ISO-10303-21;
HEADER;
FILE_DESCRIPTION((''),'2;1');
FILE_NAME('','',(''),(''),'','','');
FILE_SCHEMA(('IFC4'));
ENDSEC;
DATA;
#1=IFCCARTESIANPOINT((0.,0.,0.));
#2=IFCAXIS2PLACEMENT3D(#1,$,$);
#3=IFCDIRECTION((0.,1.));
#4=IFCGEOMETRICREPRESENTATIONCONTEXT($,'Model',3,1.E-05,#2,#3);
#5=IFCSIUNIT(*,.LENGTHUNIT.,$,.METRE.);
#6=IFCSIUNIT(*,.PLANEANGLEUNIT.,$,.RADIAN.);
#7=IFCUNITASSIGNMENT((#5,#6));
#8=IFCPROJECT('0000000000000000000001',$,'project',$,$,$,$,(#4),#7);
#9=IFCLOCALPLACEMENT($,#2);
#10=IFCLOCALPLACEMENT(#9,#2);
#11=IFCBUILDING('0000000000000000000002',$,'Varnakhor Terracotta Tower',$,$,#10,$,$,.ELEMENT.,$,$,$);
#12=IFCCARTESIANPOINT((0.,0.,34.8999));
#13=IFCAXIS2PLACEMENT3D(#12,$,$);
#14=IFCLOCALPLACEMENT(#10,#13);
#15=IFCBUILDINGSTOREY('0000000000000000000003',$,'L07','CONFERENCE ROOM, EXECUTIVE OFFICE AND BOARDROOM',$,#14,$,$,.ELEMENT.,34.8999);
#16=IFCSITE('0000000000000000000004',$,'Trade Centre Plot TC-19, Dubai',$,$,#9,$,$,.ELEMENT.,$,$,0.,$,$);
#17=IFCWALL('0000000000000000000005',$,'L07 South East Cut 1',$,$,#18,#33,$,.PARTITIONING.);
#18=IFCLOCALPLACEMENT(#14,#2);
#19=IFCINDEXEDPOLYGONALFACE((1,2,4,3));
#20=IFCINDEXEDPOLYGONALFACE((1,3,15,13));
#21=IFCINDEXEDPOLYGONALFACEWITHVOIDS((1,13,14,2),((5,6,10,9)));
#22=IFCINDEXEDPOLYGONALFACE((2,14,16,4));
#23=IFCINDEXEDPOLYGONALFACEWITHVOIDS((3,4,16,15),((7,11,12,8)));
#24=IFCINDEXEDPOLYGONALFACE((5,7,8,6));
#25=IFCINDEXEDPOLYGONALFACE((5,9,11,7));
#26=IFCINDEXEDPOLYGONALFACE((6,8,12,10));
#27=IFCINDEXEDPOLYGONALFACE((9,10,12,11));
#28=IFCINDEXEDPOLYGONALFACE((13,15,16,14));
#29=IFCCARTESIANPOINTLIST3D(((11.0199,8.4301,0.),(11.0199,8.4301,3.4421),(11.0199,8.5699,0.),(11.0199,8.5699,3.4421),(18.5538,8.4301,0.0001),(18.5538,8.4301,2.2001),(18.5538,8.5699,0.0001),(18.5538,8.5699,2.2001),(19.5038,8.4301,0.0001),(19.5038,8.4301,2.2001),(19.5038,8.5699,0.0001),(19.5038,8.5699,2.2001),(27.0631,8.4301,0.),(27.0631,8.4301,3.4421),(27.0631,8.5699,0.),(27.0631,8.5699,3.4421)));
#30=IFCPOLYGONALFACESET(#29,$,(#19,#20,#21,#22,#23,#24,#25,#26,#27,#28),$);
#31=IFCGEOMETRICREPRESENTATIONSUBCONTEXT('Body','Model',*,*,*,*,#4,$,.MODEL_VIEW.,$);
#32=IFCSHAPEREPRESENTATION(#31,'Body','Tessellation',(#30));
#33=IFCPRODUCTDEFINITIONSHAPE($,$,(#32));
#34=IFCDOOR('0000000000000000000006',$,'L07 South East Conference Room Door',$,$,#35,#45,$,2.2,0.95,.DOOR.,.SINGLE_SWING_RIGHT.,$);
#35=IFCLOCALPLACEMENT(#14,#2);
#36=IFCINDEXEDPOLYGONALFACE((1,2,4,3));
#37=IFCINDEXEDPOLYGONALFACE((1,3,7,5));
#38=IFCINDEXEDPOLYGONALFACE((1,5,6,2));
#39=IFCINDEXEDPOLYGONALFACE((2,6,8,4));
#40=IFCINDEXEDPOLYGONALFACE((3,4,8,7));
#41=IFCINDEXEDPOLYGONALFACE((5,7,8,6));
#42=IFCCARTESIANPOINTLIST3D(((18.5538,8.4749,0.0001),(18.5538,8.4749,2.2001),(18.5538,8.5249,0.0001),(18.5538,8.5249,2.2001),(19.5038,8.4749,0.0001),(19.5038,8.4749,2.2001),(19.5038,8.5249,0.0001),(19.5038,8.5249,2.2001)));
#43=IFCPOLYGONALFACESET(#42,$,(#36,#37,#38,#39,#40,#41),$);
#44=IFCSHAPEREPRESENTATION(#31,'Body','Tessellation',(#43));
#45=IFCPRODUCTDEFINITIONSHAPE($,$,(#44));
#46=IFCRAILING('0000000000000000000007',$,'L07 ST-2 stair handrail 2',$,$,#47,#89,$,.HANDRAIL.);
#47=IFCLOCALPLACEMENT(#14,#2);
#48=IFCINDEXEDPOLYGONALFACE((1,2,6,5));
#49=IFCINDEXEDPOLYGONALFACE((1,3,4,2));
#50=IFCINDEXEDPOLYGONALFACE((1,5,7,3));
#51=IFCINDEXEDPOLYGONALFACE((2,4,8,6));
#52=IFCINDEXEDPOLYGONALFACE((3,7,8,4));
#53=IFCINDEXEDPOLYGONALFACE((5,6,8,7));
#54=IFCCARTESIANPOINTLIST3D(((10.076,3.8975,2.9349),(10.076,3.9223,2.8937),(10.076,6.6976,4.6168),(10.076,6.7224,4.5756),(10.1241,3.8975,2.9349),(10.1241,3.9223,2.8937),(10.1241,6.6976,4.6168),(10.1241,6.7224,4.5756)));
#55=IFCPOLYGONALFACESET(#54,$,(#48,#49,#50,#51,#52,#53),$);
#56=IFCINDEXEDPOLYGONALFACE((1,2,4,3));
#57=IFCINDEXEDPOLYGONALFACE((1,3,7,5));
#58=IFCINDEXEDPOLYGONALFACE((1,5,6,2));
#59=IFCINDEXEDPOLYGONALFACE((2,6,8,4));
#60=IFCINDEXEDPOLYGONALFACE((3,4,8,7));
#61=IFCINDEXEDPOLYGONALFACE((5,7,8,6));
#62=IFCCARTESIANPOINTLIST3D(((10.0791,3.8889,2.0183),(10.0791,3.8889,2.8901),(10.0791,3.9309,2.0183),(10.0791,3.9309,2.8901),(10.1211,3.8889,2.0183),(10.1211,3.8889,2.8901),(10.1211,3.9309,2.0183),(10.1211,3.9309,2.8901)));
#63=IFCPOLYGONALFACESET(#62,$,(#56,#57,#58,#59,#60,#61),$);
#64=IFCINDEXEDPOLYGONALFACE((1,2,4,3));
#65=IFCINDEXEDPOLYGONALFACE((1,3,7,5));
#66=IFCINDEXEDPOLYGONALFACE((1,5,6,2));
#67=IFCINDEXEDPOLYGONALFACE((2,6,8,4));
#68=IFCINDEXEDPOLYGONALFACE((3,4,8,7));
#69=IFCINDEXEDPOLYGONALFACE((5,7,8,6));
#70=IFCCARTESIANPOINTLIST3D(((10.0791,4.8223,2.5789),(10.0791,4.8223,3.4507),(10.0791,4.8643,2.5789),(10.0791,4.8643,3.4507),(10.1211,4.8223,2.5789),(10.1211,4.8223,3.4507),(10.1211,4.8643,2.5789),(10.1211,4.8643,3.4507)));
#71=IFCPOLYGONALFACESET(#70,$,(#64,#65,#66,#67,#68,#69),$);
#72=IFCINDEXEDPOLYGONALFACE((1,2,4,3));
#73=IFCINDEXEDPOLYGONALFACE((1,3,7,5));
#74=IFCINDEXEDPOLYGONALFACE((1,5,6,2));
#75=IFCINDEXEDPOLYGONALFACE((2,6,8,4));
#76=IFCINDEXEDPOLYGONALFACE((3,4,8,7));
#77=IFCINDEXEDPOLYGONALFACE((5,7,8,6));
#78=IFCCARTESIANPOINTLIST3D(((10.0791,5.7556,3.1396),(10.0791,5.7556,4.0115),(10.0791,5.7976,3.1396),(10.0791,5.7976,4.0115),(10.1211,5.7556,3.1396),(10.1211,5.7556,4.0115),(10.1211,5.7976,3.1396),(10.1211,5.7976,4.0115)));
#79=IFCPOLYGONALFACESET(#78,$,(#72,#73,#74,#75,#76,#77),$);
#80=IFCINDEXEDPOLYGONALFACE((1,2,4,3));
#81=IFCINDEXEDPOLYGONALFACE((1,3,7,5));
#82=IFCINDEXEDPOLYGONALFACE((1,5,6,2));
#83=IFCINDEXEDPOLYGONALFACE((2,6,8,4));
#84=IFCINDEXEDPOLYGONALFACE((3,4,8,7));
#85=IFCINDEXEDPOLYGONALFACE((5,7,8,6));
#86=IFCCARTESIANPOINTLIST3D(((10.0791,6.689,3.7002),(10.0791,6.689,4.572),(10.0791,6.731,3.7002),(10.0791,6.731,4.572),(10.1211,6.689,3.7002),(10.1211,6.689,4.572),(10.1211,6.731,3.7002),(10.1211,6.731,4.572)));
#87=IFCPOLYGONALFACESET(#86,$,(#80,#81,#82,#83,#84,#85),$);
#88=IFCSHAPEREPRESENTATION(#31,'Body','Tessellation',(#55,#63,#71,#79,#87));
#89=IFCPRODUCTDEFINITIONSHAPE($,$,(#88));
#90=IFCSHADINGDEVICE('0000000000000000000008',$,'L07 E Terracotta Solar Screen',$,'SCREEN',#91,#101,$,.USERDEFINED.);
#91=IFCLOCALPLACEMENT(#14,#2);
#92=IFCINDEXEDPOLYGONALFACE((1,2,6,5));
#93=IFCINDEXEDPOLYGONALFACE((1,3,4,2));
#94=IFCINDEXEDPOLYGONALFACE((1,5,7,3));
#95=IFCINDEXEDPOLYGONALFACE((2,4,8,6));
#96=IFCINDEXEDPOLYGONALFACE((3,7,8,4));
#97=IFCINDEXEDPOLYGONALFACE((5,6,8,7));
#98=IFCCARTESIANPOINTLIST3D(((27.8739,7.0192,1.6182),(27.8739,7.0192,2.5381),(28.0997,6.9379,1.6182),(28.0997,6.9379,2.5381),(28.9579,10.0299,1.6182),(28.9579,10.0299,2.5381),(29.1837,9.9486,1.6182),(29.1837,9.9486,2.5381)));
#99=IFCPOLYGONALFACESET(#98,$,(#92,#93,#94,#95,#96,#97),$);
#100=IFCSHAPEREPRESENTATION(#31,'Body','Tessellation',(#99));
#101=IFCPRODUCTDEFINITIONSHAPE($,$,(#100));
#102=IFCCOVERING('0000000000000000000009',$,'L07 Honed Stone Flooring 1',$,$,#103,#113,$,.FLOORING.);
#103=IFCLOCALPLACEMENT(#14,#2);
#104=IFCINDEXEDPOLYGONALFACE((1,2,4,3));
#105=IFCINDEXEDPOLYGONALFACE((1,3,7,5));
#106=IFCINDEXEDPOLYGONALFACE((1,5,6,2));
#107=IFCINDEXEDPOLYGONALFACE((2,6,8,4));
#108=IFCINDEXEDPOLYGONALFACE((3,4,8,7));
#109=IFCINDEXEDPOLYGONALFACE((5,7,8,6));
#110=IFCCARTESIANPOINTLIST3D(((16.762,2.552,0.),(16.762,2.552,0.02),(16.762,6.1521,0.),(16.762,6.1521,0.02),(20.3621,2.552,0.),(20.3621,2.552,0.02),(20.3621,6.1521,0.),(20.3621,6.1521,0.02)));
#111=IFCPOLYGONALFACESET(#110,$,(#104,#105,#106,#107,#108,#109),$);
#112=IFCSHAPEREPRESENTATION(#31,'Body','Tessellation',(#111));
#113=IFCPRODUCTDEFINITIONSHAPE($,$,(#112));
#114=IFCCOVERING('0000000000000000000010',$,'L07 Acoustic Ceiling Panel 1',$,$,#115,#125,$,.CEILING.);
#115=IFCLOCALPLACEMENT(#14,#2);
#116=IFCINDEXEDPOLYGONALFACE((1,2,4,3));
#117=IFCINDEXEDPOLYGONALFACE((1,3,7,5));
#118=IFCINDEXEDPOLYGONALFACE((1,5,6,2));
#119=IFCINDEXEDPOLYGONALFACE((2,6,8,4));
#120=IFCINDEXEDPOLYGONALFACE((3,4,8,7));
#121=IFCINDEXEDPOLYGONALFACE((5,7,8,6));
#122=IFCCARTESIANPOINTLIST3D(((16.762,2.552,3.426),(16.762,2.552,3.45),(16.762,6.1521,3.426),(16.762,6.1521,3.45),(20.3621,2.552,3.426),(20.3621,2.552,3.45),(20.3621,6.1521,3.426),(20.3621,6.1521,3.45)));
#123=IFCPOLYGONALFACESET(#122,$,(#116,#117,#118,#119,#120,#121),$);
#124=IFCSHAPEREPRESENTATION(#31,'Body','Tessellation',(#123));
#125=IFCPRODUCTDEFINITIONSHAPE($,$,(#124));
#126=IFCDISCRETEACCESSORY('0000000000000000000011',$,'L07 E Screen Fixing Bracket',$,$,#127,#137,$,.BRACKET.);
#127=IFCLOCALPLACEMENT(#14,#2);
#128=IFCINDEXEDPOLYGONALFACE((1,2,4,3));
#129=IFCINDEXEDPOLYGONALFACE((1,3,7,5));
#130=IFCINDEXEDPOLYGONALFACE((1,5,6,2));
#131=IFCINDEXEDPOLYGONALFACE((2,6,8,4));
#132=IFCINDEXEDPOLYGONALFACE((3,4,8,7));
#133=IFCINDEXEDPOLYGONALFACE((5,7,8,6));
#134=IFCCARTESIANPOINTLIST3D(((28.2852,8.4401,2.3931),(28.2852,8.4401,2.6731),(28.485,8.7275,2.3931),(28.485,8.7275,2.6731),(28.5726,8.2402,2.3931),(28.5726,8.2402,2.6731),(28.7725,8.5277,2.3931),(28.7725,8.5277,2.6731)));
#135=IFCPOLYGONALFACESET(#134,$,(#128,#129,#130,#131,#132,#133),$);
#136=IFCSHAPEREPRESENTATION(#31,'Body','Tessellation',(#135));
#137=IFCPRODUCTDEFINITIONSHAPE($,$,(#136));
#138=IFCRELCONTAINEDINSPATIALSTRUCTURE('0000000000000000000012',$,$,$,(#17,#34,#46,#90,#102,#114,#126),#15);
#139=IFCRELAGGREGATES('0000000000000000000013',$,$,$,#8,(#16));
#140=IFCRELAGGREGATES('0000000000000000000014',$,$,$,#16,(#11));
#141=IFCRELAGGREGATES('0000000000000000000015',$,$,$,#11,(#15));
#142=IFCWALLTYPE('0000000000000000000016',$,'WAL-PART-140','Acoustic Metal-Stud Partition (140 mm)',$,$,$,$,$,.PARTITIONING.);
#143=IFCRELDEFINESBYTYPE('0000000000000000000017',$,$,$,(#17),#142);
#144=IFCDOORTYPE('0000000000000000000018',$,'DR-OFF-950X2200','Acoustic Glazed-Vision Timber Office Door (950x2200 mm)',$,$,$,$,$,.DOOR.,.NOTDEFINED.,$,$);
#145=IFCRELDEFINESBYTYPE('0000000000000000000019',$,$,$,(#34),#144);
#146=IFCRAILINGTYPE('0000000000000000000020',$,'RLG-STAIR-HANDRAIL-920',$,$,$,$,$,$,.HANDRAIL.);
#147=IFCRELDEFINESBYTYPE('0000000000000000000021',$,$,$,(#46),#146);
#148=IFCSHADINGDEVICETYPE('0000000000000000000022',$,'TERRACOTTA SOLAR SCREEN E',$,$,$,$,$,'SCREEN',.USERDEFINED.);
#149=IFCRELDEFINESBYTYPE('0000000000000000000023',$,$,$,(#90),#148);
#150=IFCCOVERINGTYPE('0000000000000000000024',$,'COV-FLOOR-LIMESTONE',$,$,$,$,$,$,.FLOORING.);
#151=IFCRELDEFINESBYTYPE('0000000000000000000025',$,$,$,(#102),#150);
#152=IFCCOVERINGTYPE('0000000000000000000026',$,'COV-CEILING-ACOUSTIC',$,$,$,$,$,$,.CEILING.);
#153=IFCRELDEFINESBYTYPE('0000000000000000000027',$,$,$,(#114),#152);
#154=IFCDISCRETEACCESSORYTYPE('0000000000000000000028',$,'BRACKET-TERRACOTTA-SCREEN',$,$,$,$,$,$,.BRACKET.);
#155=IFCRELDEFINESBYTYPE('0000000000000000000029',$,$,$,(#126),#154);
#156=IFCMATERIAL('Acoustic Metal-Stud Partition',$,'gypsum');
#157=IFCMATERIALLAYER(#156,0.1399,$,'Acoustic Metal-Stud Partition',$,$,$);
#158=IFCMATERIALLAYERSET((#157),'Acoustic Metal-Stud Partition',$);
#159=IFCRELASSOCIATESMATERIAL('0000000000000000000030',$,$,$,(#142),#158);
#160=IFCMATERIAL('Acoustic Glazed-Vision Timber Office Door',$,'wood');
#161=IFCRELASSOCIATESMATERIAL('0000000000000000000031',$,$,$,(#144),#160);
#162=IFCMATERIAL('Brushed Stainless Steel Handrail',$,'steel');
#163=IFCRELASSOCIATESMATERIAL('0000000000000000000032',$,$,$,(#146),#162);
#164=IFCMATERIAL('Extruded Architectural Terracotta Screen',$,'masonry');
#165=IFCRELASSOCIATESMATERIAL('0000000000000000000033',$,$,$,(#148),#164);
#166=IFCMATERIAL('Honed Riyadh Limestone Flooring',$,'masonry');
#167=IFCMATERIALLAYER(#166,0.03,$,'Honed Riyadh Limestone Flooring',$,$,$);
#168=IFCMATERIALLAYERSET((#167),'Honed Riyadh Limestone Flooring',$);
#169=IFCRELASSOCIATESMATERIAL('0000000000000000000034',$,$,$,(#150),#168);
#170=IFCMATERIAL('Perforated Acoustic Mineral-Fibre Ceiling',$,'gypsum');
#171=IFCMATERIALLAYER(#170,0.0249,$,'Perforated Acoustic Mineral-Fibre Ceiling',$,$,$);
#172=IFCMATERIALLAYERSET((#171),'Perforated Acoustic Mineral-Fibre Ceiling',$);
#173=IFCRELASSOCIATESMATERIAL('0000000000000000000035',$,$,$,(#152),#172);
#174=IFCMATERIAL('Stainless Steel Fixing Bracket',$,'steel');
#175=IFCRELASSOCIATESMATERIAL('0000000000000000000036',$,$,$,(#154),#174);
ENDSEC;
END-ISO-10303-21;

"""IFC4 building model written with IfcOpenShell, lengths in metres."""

from ifc_helpers import new_model, si_unit, direction, frame, frame_2d, origin, origin_2d, place, context, subcontext, project, spatial, rectangle, extrude, source, transform, mapped, material, layer, layer_set, type_object, type_shapes, element, fill, save


model = new_model("IFC4")

# Units and contexts
model_context = context("Model", 3, precision=1e-05, world=origin(), true_north=direction((0.0, 1.0)))
body_context = subcontext(model_context, "Body", "Model", "MODEL_VIEW")
ifc_project = project(units=[si_unit("LENGTHUNIT", "METRE"), si_unit("PLANEANGLEUNIT", "RADIAN")], contexts=[model_context])

# Site, building, storey
site_placement = place(None, origin())
site = spatial("IfcSite", under=ifc_project, at=site_placement, Name="Trade Centre Plot TC-19, Dubai", CompositionType="ELEMENT", RefElevation=0.0)
building_placement = place(site_placement, origin())
building = spatial("IfcBuilding", under=site, at=building_placement, Name="Varnakhor Terracotta Tower", CompositionType="ELEMENT")
storey_placement = place(building_placement, frame((0.0, 0.0, 34.8999)))
storey = spatial("IfcBuildingStorey", under=building, at=storey_placement, Name="L07", Description="CONFERENCE ROOM, EXECUTIVE OFFICE AND BOARDROOM", CompositionType="ELEMENT", Elevation=34.8999)

# Wall, opening, door
ifc_material_1 = material(Name="Acoustic Metal-Stud Partition", Category="gypsum")
ifc_layer_1 = layer(ifc_material_1, 0.1399, Name="Acoustic Metal-Stud Partition")
ifc_layer_set_1 = layer_set([ifc_layer_1], Name="Acoustic Metal-Stud Partition")
wall_type_1 = type_object("IfcWallType", Name="WAL-PART-140", Description="Acoustic Metal-Stud Partition (140 mm)", PredefinedType="PARTITIONING", material=ifc_layer_set_1)
wall_1_placement = place(storey_placement, frame((11.02, 8.5, 0.0), z_axis=(0.0, 0.0, 1.0), x_axis=(1.0, 0.0, 0.0)))
wall_1 = element("IfcWall", 1, at=wall_1_placement, inside=storey, type_object=wall_type_1, Name="L07 South East Cut 1", PredefinedType="PARTITIONING", context=body_context, shape_type="SweptSolid", body=[
    extrude(rectangle(XDim=16.0432, YDim=0.1399, at=frame_2d((8.0215, 0.0))), origin(), (0.0, 0.0, 1.0), 3.4421),
])
opening_1_placement = place(wall_1_placement, frame((7.5337, 0.0, 0.0)))
opening_1 = element("IfcOpeningElement", 2, at=opening_1_placement, cuts=wall_1, PredefinedType="OPENING", context=body_context, shape_type="SweptSolid", body=[
    extrude(rectangle(XDim=0.95, YDim=2.2, at=frame_2d((0.4751, 1.1001))), frame((0.0, 0.0801, 0.0), z_axis=(0.0, -1.0, 0.0), x_axis=(1.0, 0.0, 0.0)), (0.0, 0.0, 1.0), 0.1599),
])
ifc_material_2 = material(Name="Acoustic Glazed-Vision Timber Office Door", Category="wood")
door_type_1 = type_object("IfcDoorType", Name="DR-OFF-950X2200", Description="Acoustic Glazed-Vision Timber Office Door (950x2200 mm)", OperationType="NOTDEFINED", PredefinedType="DOOR", material=ifc_material_2)
shared_shape_1 = source(origin(), body_context, "Body", "SweptSolid", [
    extrude(rectangle(XDim=0.95, YDim=2.2, at=frame_2d((0.4751, 1.1001))), frame((0.0, 0.0249, 0.0), z_axis=(0.0, -1.0, 0.0), x_axis=(1.0, 0.0, 0.0)), (0.0, 0.0, 1.0), 0.05),
])
type_shapes(door_type_1, [shared_shape_1])
door_1_placement = place(opening_1_placement, origin())
door_1 = element("IfcDoor", 3, at=door_1_placement, inside=storey, type_object=door_type_1, Name="L07 South East Conference Room Door", OperationType="SINGLE_SWING_RIGHT", OverallHeight=2.2, OverallWidth=0.95, PredefinedType="DOOR", context=body_context, shape_type="MappedRepresentation", body=[
    mapped(shared_shape_1, transform((0.0, 0.0, 0.0), scale=1.0)),
])
fill(opening_1, door_1)

# Railing
ifc_material_3 = material(Name="Brushed Stainless Steel Handrail", Category="steel")
railing_type = type_object("IfcRailingType", Name="RLG-STAIR-HANDRAIL-920", PredefinedType="HANDRAIL", material=ifc_material_3)
railing_placement = place(storey_placement, frame((10.1001, 3.9099, 2.0183)))
element("IfcRailing", 4, at=railing_placement, inside=storey, type_object=railing_type, Name="L07 ST-2 stair handrail 2", PredefinedType="HANDRAIL", context=body_context, shape_type="SweptSolid", body=[
    extrude(rectangle(XDim=0.0481, YDim=0.0481, at=origin_2d()), frame((0.0, 0.0, 0.896), z_axis=(0.0, 0.857242, 0.514913), x_axis=(-1.0, 0.0, 0.0)), (0.0, 0.0, 1.0), 3.2664),
    extrude(rectangle(XDim=0.042, YDim=0.042, at=origin_2d()), origin(), (0.0, 0.0, 1.0), 0.8718),
    extrude(rectangle(XDim=0.042, YDim=0.042, at=origin_2d()), frame((0.0, 0.9333, 0.5605)), (0.0, 0.0, 1.0), 0.8718),
    extrude(rectangle(XDim=0.042, YDim=0.042, at=origin_2d()), frame((0.0, 1.8667, 1.1213)), (0.0, 0.0, 1.0), 0.8718),
    extrude(rectangle(XDim=0.042, YDim=0.042, at=origin_2d()), frame((0.0, 2.8, 1.6819)), (0.0, 0.0, 1.0), 0.8718),
])

# Shading device
ifc_material_4 = material(Name="Extruded Architectural Terracotta Screen", Category="masonry")
shading_device_type = type_object("IfcShadingDeviceType", Name="TERRACOTTA SOLAR SCREEN E", ElementType="SCREEN", PredefinedType="USERDEFINED", material=ifc_material_4)
shared_shape_2 = source(origin(), body_context, "Body", "SweptSolid", [
    extrude(rectangle(XDim=3.2, YDim=0.24, at=origin_2d()), origin(), (0.0, 0.0, 1.0), 0.9199),
])
type_shapes(shading_device_type, [shared_shape_2])
shading_device_placement = place(storey_placement, frame((28.5288, 8.4839, 1.6182), z_axis=(0.0, 0.0, 1.0), x_axis=(0.338754, 0.940875, 0.0)))
element("IfcShadingDevice", 5, at=shading_device_placement, inside=storey, type_object=shading_device_type, Name="L07 E Terracotta Solar Screen", ObjectType="SCREEN", PredefinedType="USERDEFINED", context=body_context, shape_type="MappedRepresentation", body=[
    mapped(shared_shape_2, transform((0.0, 0.0, 0.0), scale=1.0)),
])

# Coverings
ifc_material_5 = material(Name="Honed Riyadh Limestone Flooring", Category="masonry")
ifc_layer_2 = layer(ifc_material_5, 0.03, Name="Honed Riyadh Limestone Flooring")
ifc_layer_set_2 = layer_set([ifc_layer_2], Name="Honed Riyadh Limestone Flooring")
covering_type_1 = type_object("IfcCoveringType", Name="COV-FLOOR-LIMESTONE", PredefinedType="FLOORING", material=ifc_layer_set_2)
shared_shape_3 = source(origin(), body_context, "Body", "SweptSolid", [
    extrude(rectangle(XDim=3.6001, YDim=3.6001, at=origin_2d()), origin(), (0.0, 0.0, 1.0), 0.02),
])
covering_1_placement = place(storey_placement, frame((18.562, 4.3521, 0.0), z_axis=(0.0, 0.0, 1.0), x_axis=(1.0, 0.0, 0.0)))
element("IfcCovering", 6, at=covering_1_placement, inside=storey, type_object=covering_type_1, Name="L07 Honed Stone Flooring 1", PredefinedType="FLOORING", context=body_context, shape_type="MappedRepresentation", body=[
    mapped(shared_shape_3, transform((0.0, 0.0, 0.0), scale=1.0)),
])
ifc_material_6 = material(Name="Perforated Acoustic Mineral-Fibre Ceiling", Category="gypsum")
ifc_layer_3 = layer(ifc_material_6, 0.0249, Name="Perforated Acoustic Mineral-Fibre Ceiling")
ifc_layer_set_3 = layer_set([ifc_layer_3], Name="Perforated Acoustic Mineral-Fibre Ceiling")
covering_type_2 = type_object("IfcCoveringType", Name="COV-CEILING-ACOUSTIC", PredefinedType="CEILING", material=ifc_layer_set_3)
shared_shape_4 = source(origin(), body_context, "Body", "SweptSolid", [
    extrude(rectangle(XDim=3.6001, YDim=3.6001, at=origin_2d()), origin(), (0.0, 0.0, 1.0), 0.0239),
])
covering_2_placement = place(storey_placement, frame((18.562, 4.3521, 3.426), z_axis=(0.0, 0.0, 1.0), x_axis=(1.0, 0.0, 0.0)))
element("IfcCovering", 7, at=covering_2_placement, inside=storey, type_object=covering_type_2, Name="L07 Acoustic Ceiling Panel 1", PredefinedType="CEILING", context=body_context, shape_type="MappedRepresentation", body=[
    mapped(shared_shape_4, transform((0.0, 0.0, 0.0), scale=1.0)),
])

# Discrete accessory
ifc_material_7 = material(Name="Stainless Steel Fixing Bracket", Category="steel")
discrete_accessory_type = type_object("IfcDiscreteAccessoryType", Name="BRACKET-TERRACOTTA-SCREEN", PredefinedType="BRACKET", material=ifc_material_7)
shared_shape_5 = source(origin(), body_context, "Body", "SweptSolid", [
    extrude(rectangle(XDim=0.3501, YDim=0.3501, at=origin_2d()), origin(), (0.0, 0.0, 1.0), 0.28),
])
type_shapes(discrete_accessory_type, [shared_shape_5])
discrete_accessory_placement = place(storey_placement, frame((28.5288, 8.4839, 2.3931), z_axis=(0.0, 0.0, 1.0), x_axis=(0.570728, 0.821139, 0.0)))
element("IfcDiscreteAccessory", 8, at=discrete_accessory_placement, inside=storey, type_object=discrete_accessory_type, Name="L07 E Screen Fixing Bracket", PredefinedType="BRACKET", context=body_context, shape_type="MappedRepresentation", body=[
    mapped(shared_shape_5, transform((0.0, 0.0, 0.0), scale=1.0)),
])

save(model, "model.ifc")
